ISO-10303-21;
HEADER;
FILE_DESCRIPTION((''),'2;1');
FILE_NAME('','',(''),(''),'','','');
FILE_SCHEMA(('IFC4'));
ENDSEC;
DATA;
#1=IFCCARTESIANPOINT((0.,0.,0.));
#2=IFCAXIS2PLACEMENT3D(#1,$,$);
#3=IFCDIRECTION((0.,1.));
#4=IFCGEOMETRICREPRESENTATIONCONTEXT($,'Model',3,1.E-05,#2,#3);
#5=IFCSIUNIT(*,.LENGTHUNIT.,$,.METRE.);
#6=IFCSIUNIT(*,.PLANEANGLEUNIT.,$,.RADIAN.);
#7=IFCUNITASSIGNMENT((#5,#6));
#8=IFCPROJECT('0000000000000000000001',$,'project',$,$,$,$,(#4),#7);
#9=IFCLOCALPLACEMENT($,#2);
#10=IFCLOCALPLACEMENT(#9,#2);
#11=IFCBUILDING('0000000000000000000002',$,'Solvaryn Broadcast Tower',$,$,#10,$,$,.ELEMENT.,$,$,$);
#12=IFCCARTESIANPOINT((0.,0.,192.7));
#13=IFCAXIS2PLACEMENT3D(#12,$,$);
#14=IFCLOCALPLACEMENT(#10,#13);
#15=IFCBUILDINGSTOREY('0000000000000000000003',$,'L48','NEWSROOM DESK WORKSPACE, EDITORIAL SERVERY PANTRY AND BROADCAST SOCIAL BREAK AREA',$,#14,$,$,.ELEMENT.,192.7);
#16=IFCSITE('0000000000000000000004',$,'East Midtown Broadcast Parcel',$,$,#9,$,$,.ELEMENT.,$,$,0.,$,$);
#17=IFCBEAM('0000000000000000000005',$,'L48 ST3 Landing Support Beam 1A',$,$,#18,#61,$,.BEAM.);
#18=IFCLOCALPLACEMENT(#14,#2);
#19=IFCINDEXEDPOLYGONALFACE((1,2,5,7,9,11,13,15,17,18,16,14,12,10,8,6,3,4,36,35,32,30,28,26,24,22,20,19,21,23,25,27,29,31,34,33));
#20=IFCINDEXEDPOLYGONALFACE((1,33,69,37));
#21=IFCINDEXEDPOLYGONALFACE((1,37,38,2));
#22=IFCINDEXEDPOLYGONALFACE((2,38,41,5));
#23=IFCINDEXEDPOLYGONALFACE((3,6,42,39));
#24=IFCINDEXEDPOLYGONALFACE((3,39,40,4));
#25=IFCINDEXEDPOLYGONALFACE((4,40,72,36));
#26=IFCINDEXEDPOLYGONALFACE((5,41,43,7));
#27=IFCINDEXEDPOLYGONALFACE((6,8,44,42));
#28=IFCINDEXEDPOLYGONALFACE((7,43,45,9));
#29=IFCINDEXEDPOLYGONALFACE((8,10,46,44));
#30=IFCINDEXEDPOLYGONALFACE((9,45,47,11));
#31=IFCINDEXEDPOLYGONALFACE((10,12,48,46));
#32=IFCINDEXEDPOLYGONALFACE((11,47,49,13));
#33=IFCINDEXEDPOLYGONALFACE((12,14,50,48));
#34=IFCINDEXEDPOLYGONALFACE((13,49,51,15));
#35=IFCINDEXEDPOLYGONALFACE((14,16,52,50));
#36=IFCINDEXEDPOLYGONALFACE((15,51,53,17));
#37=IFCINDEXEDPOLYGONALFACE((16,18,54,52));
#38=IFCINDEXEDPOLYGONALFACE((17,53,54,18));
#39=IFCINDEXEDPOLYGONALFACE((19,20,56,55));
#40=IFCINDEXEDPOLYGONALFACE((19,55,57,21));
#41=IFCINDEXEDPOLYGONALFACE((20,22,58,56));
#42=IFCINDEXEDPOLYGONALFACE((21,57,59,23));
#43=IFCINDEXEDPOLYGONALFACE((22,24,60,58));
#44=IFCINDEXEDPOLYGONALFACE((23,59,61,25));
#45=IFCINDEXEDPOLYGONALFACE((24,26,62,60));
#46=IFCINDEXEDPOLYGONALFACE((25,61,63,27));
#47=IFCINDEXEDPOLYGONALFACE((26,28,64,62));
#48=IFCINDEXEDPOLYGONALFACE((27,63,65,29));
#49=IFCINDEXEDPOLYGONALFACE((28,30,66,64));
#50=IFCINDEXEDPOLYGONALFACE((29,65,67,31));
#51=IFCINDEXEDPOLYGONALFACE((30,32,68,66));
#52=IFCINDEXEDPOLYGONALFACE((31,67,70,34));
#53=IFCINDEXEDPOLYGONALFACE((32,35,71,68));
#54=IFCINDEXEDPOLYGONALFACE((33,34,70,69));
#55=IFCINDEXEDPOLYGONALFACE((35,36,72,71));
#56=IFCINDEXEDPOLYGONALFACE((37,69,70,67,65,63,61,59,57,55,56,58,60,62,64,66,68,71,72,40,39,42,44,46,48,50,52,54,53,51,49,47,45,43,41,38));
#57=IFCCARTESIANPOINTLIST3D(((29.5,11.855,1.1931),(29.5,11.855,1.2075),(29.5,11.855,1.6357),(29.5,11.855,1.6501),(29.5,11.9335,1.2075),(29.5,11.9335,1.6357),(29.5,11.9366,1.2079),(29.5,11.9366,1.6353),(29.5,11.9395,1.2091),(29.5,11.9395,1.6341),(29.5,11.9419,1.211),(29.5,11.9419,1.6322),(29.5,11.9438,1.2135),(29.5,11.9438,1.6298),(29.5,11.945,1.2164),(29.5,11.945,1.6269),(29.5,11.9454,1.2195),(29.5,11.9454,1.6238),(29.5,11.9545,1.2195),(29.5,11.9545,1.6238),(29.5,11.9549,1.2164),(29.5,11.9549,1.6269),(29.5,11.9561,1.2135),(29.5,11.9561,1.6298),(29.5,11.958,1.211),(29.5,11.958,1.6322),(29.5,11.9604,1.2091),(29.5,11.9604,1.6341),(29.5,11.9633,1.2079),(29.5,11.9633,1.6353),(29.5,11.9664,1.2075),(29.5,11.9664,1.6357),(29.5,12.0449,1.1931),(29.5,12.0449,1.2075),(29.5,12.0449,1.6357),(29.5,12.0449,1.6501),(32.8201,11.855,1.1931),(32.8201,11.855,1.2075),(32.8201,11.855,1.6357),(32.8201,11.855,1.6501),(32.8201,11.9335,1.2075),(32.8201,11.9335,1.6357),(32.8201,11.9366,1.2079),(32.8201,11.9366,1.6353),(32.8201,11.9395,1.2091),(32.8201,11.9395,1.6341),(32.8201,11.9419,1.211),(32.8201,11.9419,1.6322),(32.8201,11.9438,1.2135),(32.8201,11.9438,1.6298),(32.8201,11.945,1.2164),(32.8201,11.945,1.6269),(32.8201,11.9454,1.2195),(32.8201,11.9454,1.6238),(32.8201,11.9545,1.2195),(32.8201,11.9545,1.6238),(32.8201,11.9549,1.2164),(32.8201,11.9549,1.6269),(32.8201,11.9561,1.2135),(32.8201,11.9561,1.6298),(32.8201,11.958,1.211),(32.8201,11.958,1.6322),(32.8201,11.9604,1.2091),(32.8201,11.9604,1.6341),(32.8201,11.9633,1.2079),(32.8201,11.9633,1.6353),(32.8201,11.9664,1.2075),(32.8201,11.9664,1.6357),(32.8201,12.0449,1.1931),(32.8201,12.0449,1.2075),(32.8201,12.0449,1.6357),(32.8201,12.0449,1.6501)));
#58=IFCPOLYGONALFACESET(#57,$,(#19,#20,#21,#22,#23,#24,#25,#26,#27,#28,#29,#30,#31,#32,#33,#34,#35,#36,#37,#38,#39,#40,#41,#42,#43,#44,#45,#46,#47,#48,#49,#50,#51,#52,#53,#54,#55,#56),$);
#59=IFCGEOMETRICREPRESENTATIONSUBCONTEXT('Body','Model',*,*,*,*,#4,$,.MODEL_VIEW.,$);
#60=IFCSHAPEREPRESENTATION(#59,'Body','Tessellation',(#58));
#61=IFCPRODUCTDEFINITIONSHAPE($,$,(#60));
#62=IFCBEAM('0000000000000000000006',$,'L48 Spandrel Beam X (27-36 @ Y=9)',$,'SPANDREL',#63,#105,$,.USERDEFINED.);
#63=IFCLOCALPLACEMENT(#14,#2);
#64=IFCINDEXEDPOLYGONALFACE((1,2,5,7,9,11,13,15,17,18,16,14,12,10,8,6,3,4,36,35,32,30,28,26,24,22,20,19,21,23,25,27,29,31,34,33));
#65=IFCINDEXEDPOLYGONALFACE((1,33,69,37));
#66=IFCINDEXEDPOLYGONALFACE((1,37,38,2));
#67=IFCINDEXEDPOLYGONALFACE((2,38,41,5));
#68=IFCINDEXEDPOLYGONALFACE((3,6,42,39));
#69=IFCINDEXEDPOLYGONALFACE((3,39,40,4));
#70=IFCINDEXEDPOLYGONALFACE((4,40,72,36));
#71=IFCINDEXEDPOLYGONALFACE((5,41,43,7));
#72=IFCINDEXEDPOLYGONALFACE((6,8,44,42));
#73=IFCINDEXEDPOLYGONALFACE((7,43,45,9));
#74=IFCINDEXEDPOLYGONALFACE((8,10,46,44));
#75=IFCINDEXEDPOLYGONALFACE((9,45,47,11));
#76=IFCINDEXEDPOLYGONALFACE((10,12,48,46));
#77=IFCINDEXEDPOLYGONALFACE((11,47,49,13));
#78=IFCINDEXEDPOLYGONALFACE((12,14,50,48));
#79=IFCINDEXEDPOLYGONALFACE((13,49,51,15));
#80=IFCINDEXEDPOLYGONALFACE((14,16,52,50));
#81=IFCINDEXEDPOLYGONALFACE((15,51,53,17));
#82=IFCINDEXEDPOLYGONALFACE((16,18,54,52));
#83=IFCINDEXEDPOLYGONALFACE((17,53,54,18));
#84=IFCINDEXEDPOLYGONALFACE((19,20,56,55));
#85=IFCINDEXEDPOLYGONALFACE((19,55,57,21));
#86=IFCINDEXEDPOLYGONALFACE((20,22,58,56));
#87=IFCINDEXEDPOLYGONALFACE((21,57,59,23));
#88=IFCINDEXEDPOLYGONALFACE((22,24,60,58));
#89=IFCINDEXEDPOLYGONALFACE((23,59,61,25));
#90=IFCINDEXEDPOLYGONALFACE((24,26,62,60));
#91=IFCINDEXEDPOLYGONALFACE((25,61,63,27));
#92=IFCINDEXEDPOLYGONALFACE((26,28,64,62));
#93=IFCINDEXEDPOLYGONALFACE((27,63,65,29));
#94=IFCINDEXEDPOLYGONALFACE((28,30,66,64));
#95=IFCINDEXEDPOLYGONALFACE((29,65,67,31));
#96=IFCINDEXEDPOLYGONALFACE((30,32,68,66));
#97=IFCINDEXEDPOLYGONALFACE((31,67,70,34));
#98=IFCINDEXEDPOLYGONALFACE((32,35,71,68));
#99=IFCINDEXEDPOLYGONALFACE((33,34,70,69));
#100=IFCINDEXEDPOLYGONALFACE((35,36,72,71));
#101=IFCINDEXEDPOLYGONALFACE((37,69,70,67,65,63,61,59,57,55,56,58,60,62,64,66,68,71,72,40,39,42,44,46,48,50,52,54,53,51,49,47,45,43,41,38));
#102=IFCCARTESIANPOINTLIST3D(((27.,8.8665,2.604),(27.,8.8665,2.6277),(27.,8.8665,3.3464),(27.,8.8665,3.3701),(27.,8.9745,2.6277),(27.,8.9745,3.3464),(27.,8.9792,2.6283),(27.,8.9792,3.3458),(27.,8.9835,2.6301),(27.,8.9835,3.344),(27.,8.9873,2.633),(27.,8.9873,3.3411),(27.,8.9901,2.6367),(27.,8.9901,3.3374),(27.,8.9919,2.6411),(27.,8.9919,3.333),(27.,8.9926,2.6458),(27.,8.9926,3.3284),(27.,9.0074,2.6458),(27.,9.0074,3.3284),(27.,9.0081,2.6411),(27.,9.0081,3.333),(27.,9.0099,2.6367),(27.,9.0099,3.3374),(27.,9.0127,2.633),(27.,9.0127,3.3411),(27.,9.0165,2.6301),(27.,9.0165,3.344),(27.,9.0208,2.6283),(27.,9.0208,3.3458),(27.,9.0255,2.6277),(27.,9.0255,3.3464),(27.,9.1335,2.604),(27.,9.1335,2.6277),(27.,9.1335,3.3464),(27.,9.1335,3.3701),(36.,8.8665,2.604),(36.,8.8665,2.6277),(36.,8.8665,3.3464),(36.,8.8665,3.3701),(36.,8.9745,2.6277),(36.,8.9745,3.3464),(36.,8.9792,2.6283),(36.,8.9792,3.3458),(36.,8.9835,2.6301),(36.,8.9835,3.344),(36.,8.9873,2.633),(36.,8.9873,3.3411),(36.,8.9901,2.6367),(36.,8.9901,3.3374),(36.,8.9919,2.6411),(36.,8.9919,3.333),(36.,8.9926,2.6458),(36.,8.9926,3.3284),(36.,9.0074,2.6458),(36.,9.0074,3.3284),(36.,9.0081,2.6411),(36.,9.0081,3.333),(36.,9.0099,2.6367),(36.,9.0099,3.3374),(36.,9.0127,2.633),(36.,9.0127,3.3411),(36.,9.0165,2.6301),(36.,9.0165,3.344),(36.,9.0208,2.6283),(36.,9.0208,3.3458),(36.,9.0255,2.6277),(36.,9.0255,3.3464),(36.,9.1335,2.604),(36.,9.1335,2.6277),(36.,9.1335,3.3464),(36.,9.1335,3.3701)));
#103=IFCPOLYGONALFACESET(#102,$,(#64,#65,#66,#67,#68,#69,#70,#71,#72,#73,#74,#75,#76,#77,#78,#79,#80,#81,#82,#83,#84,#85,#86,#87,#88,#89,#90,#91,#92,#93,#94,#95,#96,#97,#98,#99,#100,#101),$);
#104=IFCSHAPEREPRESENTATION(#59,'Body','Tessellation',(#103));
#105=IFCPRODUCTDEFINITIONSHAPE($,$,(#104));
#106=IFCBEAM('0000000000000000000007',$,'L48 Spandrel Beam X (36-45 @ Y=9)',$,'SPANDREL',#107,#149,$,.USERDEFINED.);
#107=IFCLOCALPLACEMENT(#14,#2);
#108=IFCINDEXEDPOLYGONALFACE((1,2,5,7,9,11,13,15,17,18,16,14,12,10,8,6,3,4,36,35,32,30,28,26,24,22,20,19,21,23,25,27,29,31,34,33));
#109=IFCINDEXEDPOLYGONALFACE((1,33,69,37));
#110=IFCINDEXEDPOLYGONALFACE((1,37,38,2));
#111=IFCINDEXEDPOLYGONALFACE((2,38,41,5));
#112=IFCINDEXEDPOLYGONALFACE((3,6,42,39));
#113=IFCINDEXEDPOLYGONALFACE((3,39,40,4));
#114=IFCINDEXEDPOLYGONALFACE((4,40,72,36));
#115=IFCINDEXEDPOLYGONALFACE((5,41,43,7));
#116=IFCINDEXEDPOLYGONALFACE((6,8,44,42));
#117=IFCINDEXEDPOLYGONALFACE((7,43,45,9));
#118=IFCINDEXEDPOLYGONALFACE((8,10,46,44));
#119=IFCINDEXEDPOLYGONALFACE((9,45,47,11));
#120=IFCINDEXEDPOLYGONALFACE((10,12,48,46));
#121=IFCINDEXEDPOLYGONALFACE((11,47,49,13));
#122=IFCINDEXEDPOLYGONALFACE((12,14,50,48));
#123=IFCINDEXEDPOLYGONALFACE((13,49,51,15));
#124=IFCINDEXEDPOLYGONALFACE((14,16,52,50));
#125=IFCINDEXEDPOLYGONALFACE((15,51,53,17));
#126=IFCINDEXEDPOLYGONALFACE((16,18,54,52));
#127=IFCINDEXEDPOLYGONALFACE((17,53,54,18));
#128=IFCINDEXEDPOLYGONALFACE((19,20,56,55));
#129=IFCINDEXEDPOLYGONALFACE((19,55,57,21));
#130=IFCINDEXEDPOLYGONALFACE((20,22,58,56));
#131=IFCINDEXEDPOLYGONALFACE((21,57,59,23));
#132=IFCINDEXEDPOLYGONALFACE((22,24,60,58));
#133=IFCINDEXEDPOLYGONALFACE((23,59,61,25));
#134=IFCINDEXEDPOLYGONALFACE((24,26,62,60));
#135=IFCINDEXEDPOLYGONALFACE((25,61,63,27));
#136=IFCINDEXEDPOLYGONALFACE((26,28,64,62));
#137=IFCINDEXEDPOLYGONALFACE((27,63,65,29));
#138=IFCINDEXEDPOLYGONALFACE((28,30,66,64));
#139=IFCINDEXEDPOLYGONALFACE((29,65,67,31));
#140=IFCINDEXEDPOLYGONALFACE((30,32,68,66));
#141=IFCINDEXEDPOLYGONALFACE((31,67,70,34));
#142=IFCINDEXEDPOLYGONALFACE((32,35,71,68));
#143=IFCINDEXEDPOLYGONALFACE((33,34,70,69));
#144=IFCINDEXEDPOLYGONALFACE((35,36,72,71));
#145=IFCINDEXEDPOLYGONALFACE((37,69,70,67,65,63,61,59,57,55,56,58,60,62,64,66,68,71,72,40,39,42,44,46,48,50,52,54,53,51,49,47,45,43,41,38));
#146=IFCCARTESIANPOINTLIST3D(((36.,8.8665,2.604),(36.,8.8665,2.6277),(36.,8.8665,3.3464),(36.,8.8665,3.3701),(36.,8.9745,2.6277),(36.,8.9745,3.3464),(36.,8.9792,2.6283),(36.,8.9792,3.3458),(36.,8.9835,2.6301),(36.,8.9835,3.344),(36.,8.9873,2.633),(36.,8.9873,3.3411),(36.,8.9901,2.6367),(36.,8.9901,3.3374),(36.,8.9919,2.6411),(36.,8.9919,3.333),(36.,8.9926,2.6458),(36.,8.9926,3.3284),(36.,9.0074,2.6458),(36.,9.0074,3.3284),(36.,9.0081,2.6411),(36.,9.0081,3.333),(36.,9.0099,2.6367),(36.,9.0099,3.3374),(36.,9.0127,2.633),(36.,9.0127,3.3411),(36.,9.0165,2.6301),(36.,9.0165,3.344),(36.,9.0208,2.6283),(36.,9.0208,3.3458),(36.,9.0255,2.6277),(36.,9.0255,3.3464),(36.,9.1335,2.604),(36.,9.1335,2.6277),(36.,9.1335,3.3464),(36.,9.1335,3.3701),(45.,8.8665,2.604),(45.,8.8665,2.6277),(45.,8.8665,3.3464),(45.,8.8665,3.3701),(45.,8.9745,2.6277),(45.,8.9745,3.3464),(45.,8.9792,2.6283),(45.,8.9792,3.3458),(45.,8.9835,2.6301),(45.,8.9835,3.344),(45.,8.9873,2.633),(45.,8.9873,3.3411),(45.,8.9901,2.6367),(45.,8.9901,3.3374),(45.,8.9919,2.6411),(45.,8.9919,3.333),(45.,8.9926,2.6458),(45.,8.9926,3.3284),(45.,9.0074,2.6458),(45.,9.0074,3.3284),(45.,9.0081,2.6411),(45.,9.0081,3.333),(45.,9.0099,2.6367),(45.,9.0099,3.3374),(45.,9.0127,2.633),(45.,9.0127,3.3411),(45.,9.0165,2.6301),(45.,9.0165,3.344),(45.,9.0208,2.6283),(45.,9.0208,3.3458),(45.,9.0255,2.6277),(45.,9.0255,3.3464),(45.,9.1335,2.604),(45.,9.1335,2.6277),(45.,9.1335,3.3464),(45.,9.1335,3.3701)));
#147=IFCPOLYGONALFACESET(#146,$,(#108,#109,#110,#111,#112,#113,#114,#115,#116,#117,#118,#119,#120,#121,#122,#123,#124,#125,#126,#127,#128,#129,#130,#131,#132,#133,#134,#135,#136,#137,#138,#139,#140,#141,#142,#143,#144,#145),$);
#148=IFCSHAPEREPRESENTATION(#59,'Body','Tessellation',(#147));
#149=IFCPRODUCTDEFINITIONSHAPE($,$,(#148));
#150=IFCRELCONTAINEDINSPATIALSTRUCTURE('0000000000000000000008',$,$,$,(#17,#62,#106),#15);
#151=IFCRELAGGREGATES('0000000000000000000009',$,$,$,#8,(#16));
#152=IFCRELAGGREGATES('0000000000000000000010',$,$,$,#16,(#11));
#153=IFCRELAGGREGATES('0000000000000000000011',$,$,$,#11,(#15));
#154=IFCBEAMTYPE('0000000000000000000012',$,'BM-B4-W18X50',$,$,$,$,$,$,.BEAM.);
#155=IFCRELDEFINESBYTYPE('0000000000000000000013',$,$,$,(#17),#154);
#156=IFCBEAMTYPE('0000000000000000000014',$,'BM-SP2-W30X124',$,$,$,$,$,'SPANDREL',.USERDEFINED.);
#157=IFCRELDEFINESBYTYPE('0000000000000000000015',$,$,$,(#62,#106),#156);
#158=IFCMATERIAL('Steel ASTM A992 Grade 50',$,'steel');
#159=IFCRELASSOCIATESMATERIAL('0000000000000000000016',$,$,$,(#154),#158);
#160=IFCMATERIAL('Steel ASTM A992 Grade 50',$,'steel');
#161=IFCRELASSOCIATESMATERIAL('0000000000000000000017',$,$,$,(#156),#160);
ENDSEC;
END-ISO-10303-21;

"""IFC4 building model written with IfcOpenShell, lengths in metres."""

from ifc_helpers import new_model, si_unit, direction, frame, origin, origin_2d, place, context, subcontext, project, spatial, i_section, extrude, material, material_profile, profile_set, type_object, element, save


model = new_model("IFC4")

# Units and contexts
model_context = context("Model", 3, precision=1e-05, world=origin(), true_north=direction((0.0, 1.0)))
body_context = subcontext(model_context, "Body", "Model", "MODEL_VIEW")
ifc_project = project(units=[si_unit("LENGTHUNIT", "METRE"), si_unit("PLANEANGLEUNIT", "RADIAN")], contexts=[model_context])

# Site, building, storey
site_placement = place(None, origin())
site = spatial("IfcSite", under=ifc_project, at=site_placement, Name="East Midtown Broadcast Parcel", CompositionType="ELEMENT", RefElevation=0.0)
building_placement = place(site_placement, origin())
building = spatial("IfcBuilding", under=site, at=building_placement, Name="Solvaryn Broadcast Tower", CompositionType="ELEMENT")
storey_placement = place(building_placement, frame((0.0, 0.0, 192.7)))
storey = spatial("IfcBuildingStorey", under=building, at=storey_placement, Name="L48", Description="NEWSROOM DESK WORKSPACE, EDITORIAL SERVERY PANTRY AND BROADCAST SOCIAL BREAK AREA", CompositionType="ELEMENT", Elevation=192.7)

# Beams
ifc_material_1 = material(Name="Steel ASTM A992 Grade 50", Category="steel")
ifc_material_profile_1 = material_profile(ifc_material_1, i_section(OverallWidth=0.1899, OverallDepth=0.457, WebThickness=0.009, FlangeThickness=0.0144, FilletRadius=0.012, at=origin_2d()))
ifc_profile_set_1 = profile_set([ifc_material_profile_1], Name="Steel ASTM A992 Grade 50")
beam_type_1 = type_object("IfcBeamType", Name="BM-B4-W18X50", PredefinedType="BEAM", material=ifc_profile_set_1)
beam_1_placement = place(storey_placement, frame((29.5, 11.95, 1.4216), z_axis=(1.0, 0.0, 0.0), x_axis=(0.0, 1.0, 0.0)))
element("IfcBeam", 1, at=beam_1_placement, inside=storey, type_object=beam_type_1, Name="L48 ST3 Landing Support Beam 1A", PredefinedType="BEAM", context=body_context, shape_type="SweptSolid", body=[
    extrude(i_section(OverallWidth=0.1899, OverallDepth=0.457, WebThickness=0.009, FlangeThickness=0.0144, FilletRadius=0.012, at=origin_2d()), origin(), (0.0, 0.0, 1.0), 3.3201),
])
ifc_material_2 = material(Name="Steel ASTM A992 Grade 50", Category="steel")
ifc_material_profile_2 = material_profile(ifc_material_2, i_section(OverallWidth=0.2671, OverallDepth=0.7661, WebThickness=0.0149, FlangeThickness=0.0237, FilletRadius=0.0181, at=origin_2d()))
ifc_profile_set_2 = profile_set([ifc_material_profile_2], Name="Steel ASTM A992 Grade 50")
beam_type_2 = type_object("IfcBeamType", Name="BM-SP2-W30X124", ElementType="SPANDREL", PredefinedType="USERDEFINED", material=ifc_profile_set_2)
for number, where, z_axis, x_axis, name in (
    (2, (27.0, 9.0, 2.9871), (1.0, 0.0, 0.0), (0.0, 1.0, 0.0), "L48 Spandrel Beam X (27-36 @ Y=9)"),
    (3, (36.0, 9.0, 2.9871), (1.0, 0.0, 0.0), (0.0, 1.0, 0.0), "L48 Spandrel Beam X (36-45 @ Y=9)"),
):
    element("IfcBeam", number, at=place(storey_placement, frame(where, z_axis=z_axis, x_axis=x_axis)), inside=storey, type_object=beam_type_2, Name=name, ObjectType="SPANDREL", PredefinedType="USERDEFINED", context=body_context, shape_type="SweptSolid", body=[
        extrude(i_section(OverallWidth=0.2671, OverallDepth=0.7661, WebThickness=0.0149, FlangeThickness=0.0237, FilletRadius=0.0181, at=origin_2d()), origin(), (0.0, 0.0, 1.0), 9.0),
    ])

save(model, "model.ifc")
